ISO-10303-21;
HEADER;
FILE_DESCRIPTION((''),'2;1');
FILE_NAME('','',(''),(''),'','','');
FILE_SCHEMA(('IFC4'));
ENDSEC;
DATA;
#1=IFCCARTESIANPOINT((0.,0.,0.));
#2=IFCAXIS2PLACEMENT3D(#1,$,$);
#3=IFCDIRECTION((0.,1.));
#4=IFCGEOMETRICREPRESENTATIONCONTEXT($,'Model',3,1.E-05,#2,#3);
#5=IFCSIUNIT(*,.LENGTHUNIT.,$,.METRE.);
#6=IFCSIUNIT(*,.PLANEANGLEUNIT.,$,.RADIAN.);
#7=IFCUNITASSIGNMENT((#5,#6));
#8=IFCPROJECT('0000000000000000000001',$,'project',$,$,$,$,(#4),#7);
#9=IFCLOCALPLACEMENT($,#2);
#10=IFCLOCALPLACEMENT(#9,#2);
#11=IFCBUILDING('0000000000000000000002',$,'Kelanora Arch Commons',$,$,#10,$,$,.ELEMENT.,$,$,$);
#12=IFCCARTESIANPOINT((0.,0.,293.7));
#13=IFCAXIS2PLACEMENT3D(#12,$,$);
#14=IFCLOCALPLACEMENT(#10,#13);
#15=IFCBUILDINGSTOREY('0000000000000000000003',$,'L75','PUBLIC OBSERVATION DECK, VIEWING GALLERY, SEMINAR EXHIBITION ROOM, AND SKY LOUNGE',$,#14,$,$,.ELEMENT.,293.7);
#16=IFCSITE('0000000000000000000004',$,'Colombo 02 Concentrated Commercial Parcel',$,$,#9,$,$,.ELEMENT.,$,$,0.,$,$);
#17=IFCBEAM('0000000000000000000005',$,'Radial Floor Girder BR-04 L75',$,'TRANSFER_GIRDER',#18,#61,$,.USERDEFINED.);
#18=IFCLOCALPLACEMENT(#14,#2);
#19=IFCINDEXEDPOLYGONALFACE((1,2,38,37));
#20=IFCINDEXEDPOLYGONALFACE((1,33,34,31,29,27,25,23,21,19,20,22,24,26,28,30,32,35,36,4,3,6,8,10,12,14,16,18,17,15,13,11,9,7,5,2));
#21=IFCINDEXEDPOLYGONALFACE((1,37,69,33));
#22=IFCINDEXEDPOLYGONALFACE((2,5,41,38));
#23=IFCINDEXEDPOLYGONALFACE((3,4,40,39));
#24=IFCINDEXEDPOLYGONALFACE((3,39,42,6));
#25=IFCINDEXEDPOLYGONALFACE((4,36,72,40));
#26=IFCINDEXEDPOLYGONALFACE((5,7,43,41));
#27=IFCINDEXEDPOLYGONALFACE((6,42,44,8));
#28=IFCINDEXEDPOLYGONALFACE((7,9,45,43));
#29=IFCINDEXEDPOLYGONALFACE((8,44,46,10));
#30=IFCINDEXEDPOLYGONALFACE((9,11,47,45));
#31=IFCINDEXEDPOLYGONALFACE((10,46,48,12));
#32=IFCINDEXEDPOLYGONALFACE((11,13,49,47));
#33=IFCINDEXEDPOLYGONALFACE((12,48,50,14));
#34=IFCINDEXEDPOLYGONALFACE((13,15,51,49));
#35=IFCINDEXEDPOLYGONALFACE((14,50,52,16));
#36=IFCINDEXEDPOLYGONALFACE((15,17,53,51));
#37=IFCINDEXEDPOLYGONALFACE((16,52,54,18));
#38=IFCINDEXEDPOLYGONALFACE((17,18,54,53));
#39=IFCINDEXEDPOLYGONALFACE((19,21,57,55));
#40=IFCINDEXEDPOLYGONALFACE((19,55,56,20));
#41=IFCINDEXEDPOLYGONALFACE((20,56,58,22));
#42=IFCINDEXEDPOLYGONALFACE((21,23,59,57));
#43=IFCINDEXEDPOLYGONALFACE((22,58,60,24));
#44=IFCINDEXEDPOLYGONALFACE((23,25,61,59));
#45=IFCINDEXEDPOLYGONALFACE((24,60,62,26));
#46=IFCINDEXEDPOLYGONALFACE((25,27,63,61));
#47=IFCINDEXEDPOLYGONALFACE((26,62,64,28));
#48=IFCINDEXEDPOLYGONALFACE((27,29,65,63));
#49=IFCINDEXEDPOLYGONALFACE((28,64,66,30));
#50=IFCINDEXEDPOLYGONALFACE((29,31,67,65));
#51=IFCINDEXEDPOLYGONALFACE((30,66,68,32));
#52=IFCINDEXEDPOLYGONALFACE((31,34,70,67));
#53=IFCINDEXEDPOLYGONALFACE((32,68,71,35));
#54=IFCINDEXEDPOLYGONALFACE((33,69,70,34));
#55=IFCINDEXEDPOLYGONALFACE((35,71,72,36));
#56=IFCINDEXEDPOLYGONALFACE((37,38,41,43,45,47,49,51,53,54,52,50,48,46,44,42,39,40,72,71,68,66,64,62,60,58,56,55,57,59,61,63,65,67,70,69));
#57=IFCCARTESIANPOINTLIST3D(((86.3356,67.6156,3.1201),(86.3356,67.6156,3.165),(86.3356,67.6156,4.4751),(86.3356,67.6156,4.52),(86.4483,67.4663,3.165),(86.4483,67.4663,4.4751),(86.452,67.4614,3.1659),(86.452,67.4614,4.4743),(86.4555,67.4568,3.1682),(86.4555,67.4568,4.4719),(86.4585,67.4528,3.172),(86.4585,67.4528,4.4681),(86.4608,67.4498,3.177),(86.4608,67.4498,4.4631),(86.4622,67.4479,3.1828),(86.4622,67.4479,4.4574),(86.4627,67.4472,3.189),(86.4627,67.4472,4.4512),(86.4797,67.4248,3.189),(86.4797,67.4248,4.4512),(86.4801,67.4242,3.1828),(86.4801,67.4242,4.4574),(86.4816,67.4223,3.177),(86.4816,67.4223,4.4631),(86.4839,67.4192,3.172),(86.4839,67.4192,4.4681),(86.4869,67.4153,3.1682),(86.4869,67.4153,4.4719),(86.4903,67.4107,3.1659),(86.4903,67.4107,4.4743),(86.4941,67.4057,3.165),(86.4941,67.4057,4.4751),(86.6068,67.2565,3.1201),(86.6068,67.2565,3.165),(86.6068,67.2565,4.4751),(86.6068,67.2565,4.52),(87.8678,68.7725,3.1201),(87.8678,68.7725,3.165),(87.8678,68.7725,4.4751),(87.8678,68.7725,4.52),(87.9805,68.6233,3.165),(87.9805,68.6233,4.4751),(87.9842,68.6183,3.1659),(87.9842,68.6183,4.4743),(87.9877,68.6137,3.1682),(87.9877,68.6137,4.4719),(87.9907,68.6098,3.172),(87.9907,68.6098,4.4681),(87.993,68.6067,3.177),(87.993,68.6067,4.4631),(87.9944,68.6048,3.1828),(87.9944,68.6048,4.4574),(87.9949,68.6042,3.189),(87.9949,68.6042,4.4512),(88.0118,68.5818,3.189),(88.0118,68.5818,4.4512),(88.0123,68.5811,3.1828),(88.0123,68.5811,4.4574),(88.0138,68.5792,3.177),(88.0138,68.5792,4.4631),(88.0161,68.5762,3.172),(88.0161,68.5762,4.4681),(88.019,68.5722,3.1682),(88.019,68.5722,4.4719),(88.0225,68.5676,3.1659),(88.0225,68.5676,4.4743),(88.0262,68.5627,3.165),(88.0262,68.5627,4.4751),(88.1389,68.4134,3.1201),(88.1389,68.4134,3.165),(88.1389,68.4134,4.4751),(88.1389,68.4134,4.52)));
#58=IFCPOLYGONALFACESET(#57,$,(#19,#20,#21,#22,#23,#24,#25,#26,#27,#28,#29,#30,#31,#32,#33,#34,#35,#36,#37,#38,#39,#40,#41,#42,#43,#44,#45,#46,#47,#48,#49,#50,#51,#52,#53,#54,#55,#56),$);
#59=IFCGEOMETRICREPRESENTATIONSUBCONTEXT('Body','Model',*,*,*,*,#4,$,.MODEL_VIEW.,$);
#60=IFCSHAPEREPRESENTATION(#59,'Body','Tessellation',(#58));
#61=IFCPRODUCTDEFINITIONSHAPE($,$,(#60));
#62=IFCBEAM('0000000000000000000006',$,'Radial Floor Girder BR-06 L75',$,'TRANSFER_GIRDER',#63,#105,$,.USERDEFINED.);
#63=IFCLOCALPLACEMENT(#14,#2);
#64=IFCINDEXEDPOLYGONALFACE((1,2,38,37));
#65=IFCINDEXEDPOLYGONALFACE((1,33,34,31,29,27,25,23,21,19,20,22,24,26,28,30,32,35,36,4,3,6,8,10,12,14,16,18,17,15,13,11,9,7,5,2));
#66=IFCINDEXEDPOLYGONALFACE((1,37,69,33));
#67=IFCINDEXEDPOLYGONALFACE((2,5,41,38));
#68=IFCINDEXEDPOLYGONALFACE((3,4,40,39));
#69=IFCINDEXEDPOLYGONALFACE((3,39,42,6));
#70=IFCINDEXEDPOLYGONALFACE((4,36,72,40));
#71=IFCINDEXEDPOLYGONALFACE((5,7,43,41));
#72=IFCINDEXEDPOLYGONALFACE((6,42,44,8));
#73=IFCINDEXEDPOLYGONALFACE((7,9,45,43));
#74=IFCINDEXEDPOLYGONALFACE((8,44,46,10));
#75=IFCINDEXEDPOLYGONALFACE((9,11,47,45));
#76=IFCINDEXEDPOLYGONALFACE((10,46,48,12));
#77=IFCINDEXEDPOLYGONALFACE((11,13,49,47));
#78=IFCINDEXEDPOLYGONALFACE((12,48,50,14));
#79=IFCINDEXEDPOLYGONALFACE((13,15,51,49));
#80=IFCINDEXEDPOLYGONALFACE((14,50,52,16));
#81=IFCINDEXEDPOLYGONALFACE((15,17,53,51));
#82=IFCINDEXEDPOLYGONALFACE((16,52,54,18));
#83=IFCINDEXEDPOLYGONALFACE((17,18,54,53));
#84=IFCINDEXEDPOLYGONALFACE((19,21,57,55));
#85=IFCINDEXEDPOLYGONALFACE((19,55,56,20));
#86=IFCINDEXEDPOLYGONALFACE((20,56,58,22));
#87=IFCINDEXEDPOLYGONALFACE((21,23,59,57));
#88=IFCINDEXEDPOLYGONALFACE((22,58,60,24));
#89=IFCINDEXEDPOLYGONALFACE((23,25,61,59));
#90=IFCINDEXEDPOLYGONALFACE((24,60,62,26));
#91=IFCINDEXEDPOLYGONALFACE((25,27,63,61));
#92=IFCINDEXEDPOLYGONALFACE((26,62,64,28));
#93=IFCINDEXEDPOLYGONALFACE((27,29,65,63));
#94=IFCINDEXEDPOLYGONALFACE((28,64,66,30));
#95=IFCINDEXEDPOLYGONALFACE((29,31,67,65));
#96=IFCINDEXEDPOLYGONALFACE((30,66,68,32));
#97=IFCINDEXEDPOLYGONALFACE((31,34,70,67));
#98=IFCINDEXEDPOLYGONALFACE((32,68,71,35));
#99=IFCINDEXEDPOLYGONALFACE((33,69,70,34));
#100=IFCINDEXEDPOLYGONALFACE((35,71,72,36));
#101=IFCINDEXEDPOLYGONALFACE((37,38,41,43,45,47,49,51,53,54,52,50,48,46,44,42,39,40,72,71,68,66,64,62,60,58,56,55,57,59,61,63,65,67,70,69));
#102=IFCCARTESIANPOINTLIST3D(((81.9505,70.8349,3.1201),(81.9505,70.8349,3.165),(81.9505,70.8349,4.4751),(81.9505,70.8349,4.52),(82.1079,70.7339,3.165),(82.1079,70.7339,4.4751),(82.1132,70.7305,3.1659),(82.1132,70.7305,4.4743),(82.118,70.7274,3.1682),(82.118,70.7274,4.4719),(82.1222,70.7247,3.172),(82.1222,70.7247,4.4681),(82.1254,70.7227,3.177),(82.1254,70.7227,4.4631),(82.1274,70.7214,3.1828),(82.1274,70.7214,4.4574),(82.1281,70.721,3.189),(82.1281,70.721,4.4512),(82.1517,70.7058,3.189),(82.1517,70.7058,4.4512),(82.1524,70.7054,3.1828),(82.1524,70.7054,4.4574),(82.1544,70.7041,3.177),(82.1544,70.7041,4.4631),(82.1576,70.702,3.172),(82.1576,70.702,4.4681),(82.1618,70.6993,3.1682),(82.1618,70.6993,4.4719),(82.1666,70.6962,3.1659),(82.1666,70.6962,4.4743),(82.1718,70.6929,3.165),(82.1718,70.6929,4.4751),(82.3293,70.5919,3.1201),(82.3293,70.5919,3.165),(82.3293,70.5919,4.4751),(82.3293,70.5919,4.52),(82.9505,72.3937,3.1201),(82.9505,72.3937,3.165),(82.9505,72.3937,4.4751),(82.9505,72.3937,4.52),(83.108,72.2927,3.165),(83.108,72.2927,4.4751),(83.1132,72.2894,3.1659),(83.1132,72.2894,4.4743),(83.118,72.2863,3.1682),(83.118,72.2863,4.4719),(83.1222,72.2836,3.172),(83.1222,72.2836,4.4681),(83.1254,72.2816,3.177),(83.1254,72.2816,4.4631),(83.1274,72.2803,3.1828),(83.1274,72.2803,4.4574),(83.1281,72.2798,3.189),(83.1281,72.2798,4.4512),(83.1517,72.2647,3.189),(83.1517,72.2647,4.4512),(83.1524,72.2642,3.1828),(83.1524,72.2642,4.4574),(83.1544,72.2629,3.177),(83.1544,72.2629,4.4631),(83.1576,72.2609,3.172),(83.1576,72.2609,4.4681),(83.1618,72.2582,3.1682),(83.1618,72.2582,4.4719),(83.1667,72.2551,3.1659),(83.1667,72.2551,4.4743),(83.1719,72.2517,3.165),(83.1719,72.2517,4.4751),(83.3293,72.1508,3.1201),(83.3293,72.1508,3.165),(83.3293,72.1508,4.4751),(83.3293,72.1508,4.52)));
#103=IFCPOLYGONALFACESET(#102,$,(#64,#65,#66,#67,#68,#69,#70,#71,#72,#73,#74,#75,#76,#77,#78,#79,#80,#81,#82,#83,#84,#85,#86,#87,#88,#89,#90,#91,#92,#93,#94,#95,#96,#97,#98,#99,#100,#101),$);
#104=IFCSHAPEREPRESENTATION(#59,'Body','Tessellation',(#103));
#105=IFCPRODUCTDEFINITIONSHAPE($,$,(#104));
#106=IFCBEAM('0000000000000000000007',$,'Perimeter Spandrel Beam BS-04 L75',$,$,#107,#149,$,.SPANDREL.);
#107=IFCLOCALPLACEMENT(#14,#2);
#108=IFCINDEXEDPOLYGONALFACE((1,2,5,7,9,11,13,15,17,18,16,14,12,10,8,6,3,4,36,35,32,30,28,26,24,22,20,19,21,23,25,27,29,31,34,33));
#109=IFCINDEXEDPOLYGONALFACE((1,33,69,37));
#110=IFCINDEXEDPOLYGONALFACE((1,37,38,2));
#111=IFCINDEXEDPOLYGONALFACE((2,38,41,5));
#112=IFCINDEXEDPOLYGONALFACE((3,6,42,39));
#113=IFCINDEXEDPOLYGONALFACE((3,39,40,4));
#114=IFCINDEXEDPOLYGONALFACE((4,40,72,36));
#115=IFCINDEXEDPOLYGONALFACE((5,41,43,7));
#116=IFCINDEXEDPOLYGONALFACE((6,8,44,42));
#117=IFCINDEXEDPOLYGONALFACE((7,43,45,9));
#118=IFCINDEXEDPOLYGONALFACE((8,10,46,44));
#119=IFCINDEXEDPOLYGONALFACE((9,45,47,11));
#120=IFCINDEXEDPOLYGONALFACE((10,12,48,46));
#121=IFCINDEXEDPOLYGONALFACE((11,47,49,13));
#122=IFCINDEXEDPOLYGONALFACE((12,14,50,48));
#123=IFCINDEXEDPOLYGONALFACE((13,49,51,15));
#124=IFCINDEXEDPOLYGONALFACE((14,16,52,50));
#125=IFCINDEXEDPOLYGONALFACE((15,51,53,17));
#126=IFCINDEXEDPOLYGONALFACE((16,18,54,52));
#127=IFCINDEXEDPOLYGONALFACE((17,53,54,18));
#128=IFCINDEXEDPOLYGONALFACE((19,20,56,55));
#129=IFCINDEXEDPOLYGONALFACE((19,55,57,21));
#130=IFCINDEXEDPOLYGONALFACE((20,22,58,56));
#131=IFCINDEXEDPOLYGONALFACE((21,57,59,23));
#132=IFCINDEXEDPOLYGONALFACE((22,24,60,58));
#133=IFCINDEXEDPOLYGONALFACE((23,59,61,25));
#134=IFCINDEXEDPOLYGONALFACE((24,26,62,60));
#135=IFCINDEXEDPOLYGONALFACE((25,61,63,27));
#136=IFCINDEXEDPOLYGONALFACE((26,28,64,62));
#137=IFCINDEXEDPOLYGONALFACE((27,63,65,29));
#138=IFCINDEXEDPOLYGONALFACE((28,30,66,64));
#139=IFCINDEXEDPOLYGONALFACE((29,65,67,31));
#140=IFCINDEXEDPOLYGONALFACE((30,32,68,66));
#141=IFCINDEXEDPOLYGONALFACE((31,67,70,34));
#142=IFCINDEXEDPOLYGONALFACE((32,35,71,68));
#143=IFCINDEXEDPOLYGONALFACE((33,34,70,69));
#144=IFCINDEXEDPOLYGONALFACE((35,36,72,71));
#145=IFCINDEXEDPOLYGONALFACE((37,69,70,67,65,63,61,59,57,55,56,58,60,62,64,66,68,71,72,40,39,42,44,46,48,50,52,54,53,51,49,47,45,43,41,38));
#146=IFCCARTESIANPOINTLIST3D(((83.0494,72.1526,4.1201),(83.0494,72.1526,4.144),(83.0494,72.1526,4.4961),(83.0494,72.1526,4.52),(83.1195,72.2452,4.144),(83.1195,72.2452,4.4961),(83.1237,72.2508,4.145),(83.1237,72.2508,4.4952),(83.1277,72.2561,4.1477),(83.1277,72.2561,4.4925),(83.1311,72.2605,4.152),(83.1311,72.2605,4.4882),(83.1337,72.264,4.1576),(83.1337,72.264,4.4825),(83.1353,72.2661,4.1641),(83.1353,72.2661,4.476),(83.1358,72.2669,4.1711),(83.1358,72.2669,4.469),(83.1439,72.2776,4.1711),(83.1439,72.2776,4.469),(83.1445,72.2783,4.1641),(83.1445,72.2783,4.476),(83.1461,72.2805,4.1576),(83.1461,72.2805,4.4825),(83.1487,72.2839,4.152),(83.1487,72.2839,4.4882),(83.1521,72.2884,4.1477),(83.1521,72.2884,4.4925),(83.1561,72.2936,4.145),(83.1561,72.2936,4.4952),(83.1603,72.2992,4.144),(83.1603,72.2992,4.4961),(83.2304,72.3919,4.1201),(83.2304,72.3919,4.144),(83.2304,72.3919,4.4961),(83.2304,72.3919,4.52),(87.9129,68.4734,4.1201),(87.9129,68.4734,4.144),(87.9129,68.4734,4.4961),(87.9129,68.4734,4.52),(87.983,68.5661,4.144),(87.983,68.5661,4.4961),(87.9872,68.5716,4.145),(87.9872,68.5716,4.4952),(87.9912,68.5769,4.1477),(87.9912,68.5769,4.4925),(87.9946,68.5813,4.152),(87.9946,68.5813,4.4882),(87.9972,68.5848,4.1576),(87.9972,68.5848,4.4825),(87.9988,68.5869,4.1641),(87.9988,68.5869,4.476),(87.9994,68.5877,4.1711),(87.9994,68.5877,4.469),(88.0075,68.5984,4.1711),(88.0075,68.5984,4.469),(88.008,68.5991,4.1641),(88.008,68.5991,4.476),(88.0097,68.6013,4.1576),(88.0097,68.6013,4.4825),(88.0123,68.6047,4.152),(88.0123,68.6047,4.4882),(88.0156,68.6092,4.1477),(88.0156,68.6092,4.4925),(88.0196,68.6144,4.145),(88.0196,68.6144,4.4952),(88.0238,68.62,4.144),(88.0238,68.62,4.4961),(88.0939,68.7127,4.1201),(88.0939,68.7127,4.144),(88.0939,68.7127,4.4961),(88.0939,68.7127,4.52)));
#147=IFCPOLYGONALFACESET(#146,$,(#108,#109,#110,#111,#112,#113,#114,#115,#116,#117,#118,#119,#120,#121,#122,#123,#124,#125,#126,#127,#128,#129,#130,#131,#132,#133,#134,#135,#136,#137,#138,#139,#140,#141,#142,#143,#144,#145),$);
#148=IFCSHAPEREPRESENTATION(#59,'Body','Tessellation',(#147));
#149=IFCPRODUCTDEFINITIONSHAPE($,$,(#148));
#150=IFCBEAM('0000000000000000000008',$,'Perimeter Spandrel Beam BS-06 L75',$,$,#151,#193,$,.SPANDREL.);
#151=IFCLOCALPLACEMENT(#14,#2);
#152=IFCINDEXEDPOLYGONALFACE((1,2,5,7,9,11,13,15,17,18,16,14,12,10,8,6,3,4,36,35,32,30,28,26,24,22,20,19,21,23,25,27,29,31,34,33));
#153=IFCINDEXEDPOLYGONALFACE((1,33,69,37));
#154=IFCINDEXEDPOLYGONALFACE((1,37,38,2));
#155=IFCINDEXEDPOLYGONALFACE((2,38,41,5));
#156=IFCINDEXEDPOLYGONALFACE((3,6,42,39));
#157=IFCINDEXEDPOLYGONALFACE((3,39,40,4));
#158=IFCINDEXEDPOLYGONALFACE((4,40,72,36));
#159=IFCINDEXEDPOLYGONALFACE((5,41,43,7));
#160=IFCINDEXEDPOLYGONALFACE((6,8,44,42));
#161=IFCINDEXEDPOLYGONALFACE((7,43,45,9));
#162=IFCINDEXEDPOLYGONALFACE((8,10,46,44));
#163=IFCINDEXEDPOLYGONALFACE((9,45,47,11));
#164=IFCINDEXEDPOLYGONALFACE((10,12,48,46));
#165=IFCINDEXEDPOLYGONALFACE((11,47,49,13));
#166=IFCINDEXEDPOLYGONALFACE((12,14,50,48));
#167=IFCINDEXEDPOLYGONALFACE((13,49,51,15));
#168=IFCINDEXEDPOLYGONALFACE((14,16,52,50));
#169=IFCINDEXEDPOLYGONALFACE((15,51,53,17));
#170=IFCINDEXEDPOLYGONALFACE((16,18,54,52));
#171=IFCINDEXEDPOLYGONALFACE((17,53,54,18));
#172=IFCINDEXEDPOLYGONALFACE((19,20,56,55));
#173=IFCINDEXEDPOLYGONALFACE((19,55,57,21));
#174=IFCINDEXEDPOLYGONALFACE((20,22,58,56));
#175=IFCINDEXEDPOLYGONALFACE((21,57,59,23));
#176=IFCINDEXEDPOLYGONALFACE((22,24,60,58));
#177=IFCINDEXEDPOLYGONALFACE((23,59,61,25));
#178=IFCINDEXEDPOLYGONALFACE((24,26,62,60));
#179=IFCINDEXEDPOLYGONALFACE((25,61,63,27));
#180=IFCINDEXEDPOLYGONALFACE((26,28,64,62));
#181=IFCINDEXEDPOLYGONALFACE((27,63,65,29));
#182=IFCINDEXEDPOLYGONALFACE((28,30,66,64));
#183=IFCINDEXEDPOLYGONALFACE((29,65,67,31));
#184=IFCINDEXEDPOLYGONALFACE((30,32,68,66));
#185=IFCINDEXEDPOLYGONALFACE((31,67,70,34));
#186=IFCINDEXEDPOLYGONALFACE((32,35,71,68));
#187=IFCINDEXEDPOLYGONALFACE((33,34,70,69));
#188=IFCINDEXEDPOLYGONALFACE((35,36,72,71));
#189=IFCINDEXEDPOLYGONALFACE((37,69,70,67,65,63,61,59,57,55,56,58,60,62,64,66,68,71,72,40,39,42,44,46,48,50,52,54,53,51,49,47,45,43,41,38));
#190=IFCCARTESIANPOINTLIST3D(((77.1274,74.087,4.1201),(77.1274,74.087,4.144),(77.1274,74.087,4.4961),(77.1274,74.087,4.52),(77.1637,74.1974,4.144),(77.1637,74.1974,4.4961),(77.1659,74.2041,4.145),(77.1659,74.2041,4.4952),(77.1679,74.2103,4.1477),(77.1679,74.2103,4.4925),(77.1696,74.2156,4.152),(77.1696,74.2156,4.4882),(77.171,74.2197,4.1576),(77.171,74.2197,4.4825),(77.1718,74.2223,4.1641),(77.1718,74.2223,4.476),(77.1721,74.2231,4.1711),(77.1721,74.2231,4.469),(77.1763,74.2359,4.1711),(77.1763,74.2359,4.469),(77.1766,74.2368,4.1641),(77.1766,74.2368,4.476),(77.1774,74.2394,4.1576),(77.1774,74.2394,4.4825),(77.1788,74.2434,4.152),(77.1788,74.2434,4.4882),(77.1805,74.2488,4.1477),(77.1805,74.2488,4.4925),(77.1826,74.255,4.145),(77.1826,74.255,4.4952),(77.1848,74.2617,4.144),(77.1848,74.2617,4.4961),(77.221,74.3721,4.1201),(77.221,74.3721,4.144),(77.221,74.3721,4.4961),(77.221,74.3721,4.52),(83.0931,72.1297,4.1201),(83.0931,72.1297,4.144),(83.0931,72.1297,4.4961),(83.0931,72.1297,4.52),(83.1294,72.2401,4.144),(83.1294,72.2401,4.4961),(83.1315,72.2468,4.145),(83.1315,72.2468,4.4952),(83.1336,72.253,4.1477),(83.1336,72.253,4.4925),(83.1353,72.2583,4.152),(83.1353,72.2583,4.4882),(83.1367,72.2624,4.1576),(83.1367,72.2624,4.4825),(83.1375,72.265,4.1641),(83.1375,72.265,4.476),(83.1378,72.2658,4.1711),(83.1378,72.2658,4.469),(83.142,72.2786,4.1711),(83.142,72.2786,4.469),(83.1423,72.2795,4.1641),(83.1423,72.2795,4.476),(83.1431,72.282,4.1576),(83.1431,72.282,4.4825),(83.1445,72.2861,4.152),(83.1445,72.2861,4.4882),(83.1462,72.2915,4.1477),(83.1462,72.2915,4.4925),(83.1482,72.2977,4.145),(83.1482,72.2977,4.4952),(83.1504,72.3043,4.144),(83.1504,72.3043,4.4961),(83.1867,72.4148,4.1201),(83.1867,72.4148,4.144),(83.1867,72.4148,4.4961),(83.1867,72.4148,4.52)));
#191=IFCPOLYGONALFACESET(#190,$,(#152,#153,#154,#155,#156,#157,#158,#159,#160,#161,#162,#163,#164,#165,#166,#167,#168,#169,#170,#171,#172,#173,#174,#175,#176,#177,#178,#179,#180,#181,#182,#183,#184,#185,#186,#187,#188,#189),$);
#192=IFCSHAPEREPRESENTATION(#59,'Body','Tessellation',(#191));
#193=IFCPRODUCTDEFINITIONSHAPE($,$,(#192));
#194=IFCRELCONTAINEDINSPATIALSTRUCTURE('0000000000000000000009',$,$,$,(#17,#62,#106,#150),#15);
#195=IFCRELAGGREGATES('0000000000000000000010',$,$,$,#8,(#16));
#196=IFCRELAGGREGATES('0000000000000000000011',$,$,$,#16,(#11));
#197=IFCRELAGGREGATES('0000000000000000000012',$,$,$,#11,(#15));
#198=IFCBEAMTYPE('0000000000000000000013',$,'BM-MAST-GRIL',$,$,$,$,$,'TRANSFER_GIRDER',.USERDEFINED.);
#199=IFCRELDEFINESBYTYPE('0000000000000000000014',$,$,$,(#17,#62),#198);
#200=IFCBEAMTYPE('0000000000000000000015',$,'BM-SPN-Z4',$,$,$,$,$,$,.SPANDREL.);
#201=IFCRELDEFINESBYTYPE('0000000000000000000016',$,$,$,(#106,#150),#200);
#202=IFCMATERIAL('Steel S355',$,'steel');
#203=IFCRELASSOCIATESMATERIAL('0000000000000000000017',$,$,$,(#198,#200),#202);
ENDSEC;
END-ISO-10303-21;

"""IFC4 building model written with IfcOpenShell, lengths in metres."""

from ifc_helpers import new_model, si_unit, direction, frame, origin, origin_2d, place, context, subcontext, project, spatial, i_section, extrude, material, material_profile, profile_set, type_object, element, save


model = new_model("IFC4")

# Units and contexts
model_context = context("Model", 3, precision=1e-05, world=origin(), true_north=direction((0.0, 1.0)))
body_context = subcontext(model_context, "Body", "Model", "MODEL_VIEW")
ifc_project = project(units=[si_unit("LENGTHUNIT", "METRE"), si_unit("PLANEANGLEUNIT", "RADIAN")], contexts=[model_context])

# Site, building, storey
site_placement = place(None, origin())
site = spatial("IfcSite", under=ifc_project, at=site_placement, Name="Colombo 02 Concentrated Commercial Parcel", CompositionType="ELEMENT", RefElevation=0.0)
building_placement = place(site_placement, origin())
building = spatial("IfcBuilding", under=site, at=building_placement, Name="Kelanora Arch Commons", CompositionType="ELEMENT")
storey_placement = place(building_placement, frame((0.0, 0.0, 293.7)))
storey = spatial("IfcBuildingStorey", under=building, at=storey_placement, Name="L75", Description="PUBLIC OBSERVATION DECK, VIEWING GALLERY, SEMINAR EXHIBITION ROOM, AND SKY LOUNGE", CompositionType="ELEMENT", Elevation=293.7)

# Beams
ifc_material_1 = material(Name="Steel S355", Category="steel")
ifc_material_profile_1 = material_profile(ifc_material_1, i_section(OverallWidth=0.45, OverallDepth=1.3999, WebThickness=0.0281, FlangeThickness=0.0449, FilletRadius=0.0239, at=origin_2d()), Name="PG1400x450")
ifc_profile_set_1 = profile_set([ifc_material_profile_1], Name="Steel S355")
beam_type_1 = type_object("IfcBeamType", Name="BM-MAST-GRIL", ElementType="TRANSFER_GIRDER", PredefinedType="USERDEFINED", material=ifc_profile_set_1)
beam_1_placement = place(storey_placement, frame((86.4712, 67.436, 3.8201), z_axis=(0.798043, 0.602601, 0.0), x_axis=(-0.602601, 0.798043, 0.0)))
element("IfcBeam", 1, at=beam_1_placement, inside=storey, type_object=beam_type_1, Name="Radial Floor Girder BR-04 L75", ObjectType="TRANSFER_GIRDER", PredefinedType="USERDEFINED", context=body_context, shape_type="SweptSolid", body=[
    extrude(i_section(OverallWidth=0.45, OverallDepth=1.3999, WebThickness=0.0281, FlangeThickness=0.0449, FilletRadius=0.0239, at=origin_2d()), origin(), (0.0, 0.0, 1.0), 1.9199),
])
beam_2_placement = place(storey_placement, frame((82.1399, 70.7134, 3.8201), z_axis=(0.539951, 0.841696, 0.0), x_axis=(-0.841696, 0.539951, 0.0)))
element("IfcBeam", 2, at=beam_2_placement, inside=storey, type_object=beam_type_1, Name="Radial Floor Girder BR-06 L75", ObjectType="TRANSFER_GIRDER", PredefinedType="USERDEFINED", context=body_context, shape_type="SweptSolid", body=[
    extrude(i_section(OverallWidth=0.45, OverallDepth=1.3999, WebThickness=0.0281, FlangeThickness=0.0449, FilletRadius=0.0239, at=origin_2d()), origin(), (0.0, 0.0, 1.0), 1.8521),
])
ifc_material_profile_2 = material_profile(ifc_material_1, i_section(OverallWidth=0.3, OverallDepth=0.3999, WebThickness=0.0134, FlangeThickness=0.0239, FilletRadius=0.0271, at=origin_2d()), Name="HEB400")
ifc_profile_set_2 = profile_set([ifc_material_profile_2], Name="Steel S355")
beam_type_2 = type_object("IfcBeamType", Name="BM-SPN-Z4", PredefinedType="SPANDREL", material=ifc_profile_set_2)
beam_3_placement = place(storey_placement, frame((88.0034, 68.593, 4.3201), z_axis=(-0.797509, 0.603306, 0.0), x_axis=(-0.603306, -0.797509, 0.0)))
element("IfcBeam", 3, at=beam_3_placement, inside=storey, type_object=beam_type_2, Name="Perimeter Spandrel Beam BS-04 L75", PredefinedType="SPANDREL", context=body_context, shape_type="SweptSolid", body=[
    extrude(i_section(OverallWidth=0.3, OverallDepth=0.3999, WebThickness=0.0134, FlangeThickness=0.0239, FilletRadius=0.0271, at=origin_2d()), origin(), (0.0, 0.0, 1.0), 6.0984),
])
beam_4_placement = place(storey_placement, frame((83.1399, 72.2722, 4.3201), z_axis=(-0.950166, 0.311745, 0.0), x_axis=(-0.311745, -0.950166, 0.0)))
element("IfcBeam", 4, at=beam_4_placement, inside=storey, type_object=beam_type_2, Name="Perimeter Spandrel Beam BS-06 L75", PredefinedType="SPANDREL", context=body_context, shape_type="SweptSolid", body=[
    extrude(i_section(OverallWidth=0.3, OverallDepth=0.3999, WebThickness=0.0134, FlangeThickness=0.0239, FilletRadius=0.0271, at=origin_2d()), origin(), (0.0, 0.0, 1.0), 6.2786),
])

save(model, "model.ifc")
